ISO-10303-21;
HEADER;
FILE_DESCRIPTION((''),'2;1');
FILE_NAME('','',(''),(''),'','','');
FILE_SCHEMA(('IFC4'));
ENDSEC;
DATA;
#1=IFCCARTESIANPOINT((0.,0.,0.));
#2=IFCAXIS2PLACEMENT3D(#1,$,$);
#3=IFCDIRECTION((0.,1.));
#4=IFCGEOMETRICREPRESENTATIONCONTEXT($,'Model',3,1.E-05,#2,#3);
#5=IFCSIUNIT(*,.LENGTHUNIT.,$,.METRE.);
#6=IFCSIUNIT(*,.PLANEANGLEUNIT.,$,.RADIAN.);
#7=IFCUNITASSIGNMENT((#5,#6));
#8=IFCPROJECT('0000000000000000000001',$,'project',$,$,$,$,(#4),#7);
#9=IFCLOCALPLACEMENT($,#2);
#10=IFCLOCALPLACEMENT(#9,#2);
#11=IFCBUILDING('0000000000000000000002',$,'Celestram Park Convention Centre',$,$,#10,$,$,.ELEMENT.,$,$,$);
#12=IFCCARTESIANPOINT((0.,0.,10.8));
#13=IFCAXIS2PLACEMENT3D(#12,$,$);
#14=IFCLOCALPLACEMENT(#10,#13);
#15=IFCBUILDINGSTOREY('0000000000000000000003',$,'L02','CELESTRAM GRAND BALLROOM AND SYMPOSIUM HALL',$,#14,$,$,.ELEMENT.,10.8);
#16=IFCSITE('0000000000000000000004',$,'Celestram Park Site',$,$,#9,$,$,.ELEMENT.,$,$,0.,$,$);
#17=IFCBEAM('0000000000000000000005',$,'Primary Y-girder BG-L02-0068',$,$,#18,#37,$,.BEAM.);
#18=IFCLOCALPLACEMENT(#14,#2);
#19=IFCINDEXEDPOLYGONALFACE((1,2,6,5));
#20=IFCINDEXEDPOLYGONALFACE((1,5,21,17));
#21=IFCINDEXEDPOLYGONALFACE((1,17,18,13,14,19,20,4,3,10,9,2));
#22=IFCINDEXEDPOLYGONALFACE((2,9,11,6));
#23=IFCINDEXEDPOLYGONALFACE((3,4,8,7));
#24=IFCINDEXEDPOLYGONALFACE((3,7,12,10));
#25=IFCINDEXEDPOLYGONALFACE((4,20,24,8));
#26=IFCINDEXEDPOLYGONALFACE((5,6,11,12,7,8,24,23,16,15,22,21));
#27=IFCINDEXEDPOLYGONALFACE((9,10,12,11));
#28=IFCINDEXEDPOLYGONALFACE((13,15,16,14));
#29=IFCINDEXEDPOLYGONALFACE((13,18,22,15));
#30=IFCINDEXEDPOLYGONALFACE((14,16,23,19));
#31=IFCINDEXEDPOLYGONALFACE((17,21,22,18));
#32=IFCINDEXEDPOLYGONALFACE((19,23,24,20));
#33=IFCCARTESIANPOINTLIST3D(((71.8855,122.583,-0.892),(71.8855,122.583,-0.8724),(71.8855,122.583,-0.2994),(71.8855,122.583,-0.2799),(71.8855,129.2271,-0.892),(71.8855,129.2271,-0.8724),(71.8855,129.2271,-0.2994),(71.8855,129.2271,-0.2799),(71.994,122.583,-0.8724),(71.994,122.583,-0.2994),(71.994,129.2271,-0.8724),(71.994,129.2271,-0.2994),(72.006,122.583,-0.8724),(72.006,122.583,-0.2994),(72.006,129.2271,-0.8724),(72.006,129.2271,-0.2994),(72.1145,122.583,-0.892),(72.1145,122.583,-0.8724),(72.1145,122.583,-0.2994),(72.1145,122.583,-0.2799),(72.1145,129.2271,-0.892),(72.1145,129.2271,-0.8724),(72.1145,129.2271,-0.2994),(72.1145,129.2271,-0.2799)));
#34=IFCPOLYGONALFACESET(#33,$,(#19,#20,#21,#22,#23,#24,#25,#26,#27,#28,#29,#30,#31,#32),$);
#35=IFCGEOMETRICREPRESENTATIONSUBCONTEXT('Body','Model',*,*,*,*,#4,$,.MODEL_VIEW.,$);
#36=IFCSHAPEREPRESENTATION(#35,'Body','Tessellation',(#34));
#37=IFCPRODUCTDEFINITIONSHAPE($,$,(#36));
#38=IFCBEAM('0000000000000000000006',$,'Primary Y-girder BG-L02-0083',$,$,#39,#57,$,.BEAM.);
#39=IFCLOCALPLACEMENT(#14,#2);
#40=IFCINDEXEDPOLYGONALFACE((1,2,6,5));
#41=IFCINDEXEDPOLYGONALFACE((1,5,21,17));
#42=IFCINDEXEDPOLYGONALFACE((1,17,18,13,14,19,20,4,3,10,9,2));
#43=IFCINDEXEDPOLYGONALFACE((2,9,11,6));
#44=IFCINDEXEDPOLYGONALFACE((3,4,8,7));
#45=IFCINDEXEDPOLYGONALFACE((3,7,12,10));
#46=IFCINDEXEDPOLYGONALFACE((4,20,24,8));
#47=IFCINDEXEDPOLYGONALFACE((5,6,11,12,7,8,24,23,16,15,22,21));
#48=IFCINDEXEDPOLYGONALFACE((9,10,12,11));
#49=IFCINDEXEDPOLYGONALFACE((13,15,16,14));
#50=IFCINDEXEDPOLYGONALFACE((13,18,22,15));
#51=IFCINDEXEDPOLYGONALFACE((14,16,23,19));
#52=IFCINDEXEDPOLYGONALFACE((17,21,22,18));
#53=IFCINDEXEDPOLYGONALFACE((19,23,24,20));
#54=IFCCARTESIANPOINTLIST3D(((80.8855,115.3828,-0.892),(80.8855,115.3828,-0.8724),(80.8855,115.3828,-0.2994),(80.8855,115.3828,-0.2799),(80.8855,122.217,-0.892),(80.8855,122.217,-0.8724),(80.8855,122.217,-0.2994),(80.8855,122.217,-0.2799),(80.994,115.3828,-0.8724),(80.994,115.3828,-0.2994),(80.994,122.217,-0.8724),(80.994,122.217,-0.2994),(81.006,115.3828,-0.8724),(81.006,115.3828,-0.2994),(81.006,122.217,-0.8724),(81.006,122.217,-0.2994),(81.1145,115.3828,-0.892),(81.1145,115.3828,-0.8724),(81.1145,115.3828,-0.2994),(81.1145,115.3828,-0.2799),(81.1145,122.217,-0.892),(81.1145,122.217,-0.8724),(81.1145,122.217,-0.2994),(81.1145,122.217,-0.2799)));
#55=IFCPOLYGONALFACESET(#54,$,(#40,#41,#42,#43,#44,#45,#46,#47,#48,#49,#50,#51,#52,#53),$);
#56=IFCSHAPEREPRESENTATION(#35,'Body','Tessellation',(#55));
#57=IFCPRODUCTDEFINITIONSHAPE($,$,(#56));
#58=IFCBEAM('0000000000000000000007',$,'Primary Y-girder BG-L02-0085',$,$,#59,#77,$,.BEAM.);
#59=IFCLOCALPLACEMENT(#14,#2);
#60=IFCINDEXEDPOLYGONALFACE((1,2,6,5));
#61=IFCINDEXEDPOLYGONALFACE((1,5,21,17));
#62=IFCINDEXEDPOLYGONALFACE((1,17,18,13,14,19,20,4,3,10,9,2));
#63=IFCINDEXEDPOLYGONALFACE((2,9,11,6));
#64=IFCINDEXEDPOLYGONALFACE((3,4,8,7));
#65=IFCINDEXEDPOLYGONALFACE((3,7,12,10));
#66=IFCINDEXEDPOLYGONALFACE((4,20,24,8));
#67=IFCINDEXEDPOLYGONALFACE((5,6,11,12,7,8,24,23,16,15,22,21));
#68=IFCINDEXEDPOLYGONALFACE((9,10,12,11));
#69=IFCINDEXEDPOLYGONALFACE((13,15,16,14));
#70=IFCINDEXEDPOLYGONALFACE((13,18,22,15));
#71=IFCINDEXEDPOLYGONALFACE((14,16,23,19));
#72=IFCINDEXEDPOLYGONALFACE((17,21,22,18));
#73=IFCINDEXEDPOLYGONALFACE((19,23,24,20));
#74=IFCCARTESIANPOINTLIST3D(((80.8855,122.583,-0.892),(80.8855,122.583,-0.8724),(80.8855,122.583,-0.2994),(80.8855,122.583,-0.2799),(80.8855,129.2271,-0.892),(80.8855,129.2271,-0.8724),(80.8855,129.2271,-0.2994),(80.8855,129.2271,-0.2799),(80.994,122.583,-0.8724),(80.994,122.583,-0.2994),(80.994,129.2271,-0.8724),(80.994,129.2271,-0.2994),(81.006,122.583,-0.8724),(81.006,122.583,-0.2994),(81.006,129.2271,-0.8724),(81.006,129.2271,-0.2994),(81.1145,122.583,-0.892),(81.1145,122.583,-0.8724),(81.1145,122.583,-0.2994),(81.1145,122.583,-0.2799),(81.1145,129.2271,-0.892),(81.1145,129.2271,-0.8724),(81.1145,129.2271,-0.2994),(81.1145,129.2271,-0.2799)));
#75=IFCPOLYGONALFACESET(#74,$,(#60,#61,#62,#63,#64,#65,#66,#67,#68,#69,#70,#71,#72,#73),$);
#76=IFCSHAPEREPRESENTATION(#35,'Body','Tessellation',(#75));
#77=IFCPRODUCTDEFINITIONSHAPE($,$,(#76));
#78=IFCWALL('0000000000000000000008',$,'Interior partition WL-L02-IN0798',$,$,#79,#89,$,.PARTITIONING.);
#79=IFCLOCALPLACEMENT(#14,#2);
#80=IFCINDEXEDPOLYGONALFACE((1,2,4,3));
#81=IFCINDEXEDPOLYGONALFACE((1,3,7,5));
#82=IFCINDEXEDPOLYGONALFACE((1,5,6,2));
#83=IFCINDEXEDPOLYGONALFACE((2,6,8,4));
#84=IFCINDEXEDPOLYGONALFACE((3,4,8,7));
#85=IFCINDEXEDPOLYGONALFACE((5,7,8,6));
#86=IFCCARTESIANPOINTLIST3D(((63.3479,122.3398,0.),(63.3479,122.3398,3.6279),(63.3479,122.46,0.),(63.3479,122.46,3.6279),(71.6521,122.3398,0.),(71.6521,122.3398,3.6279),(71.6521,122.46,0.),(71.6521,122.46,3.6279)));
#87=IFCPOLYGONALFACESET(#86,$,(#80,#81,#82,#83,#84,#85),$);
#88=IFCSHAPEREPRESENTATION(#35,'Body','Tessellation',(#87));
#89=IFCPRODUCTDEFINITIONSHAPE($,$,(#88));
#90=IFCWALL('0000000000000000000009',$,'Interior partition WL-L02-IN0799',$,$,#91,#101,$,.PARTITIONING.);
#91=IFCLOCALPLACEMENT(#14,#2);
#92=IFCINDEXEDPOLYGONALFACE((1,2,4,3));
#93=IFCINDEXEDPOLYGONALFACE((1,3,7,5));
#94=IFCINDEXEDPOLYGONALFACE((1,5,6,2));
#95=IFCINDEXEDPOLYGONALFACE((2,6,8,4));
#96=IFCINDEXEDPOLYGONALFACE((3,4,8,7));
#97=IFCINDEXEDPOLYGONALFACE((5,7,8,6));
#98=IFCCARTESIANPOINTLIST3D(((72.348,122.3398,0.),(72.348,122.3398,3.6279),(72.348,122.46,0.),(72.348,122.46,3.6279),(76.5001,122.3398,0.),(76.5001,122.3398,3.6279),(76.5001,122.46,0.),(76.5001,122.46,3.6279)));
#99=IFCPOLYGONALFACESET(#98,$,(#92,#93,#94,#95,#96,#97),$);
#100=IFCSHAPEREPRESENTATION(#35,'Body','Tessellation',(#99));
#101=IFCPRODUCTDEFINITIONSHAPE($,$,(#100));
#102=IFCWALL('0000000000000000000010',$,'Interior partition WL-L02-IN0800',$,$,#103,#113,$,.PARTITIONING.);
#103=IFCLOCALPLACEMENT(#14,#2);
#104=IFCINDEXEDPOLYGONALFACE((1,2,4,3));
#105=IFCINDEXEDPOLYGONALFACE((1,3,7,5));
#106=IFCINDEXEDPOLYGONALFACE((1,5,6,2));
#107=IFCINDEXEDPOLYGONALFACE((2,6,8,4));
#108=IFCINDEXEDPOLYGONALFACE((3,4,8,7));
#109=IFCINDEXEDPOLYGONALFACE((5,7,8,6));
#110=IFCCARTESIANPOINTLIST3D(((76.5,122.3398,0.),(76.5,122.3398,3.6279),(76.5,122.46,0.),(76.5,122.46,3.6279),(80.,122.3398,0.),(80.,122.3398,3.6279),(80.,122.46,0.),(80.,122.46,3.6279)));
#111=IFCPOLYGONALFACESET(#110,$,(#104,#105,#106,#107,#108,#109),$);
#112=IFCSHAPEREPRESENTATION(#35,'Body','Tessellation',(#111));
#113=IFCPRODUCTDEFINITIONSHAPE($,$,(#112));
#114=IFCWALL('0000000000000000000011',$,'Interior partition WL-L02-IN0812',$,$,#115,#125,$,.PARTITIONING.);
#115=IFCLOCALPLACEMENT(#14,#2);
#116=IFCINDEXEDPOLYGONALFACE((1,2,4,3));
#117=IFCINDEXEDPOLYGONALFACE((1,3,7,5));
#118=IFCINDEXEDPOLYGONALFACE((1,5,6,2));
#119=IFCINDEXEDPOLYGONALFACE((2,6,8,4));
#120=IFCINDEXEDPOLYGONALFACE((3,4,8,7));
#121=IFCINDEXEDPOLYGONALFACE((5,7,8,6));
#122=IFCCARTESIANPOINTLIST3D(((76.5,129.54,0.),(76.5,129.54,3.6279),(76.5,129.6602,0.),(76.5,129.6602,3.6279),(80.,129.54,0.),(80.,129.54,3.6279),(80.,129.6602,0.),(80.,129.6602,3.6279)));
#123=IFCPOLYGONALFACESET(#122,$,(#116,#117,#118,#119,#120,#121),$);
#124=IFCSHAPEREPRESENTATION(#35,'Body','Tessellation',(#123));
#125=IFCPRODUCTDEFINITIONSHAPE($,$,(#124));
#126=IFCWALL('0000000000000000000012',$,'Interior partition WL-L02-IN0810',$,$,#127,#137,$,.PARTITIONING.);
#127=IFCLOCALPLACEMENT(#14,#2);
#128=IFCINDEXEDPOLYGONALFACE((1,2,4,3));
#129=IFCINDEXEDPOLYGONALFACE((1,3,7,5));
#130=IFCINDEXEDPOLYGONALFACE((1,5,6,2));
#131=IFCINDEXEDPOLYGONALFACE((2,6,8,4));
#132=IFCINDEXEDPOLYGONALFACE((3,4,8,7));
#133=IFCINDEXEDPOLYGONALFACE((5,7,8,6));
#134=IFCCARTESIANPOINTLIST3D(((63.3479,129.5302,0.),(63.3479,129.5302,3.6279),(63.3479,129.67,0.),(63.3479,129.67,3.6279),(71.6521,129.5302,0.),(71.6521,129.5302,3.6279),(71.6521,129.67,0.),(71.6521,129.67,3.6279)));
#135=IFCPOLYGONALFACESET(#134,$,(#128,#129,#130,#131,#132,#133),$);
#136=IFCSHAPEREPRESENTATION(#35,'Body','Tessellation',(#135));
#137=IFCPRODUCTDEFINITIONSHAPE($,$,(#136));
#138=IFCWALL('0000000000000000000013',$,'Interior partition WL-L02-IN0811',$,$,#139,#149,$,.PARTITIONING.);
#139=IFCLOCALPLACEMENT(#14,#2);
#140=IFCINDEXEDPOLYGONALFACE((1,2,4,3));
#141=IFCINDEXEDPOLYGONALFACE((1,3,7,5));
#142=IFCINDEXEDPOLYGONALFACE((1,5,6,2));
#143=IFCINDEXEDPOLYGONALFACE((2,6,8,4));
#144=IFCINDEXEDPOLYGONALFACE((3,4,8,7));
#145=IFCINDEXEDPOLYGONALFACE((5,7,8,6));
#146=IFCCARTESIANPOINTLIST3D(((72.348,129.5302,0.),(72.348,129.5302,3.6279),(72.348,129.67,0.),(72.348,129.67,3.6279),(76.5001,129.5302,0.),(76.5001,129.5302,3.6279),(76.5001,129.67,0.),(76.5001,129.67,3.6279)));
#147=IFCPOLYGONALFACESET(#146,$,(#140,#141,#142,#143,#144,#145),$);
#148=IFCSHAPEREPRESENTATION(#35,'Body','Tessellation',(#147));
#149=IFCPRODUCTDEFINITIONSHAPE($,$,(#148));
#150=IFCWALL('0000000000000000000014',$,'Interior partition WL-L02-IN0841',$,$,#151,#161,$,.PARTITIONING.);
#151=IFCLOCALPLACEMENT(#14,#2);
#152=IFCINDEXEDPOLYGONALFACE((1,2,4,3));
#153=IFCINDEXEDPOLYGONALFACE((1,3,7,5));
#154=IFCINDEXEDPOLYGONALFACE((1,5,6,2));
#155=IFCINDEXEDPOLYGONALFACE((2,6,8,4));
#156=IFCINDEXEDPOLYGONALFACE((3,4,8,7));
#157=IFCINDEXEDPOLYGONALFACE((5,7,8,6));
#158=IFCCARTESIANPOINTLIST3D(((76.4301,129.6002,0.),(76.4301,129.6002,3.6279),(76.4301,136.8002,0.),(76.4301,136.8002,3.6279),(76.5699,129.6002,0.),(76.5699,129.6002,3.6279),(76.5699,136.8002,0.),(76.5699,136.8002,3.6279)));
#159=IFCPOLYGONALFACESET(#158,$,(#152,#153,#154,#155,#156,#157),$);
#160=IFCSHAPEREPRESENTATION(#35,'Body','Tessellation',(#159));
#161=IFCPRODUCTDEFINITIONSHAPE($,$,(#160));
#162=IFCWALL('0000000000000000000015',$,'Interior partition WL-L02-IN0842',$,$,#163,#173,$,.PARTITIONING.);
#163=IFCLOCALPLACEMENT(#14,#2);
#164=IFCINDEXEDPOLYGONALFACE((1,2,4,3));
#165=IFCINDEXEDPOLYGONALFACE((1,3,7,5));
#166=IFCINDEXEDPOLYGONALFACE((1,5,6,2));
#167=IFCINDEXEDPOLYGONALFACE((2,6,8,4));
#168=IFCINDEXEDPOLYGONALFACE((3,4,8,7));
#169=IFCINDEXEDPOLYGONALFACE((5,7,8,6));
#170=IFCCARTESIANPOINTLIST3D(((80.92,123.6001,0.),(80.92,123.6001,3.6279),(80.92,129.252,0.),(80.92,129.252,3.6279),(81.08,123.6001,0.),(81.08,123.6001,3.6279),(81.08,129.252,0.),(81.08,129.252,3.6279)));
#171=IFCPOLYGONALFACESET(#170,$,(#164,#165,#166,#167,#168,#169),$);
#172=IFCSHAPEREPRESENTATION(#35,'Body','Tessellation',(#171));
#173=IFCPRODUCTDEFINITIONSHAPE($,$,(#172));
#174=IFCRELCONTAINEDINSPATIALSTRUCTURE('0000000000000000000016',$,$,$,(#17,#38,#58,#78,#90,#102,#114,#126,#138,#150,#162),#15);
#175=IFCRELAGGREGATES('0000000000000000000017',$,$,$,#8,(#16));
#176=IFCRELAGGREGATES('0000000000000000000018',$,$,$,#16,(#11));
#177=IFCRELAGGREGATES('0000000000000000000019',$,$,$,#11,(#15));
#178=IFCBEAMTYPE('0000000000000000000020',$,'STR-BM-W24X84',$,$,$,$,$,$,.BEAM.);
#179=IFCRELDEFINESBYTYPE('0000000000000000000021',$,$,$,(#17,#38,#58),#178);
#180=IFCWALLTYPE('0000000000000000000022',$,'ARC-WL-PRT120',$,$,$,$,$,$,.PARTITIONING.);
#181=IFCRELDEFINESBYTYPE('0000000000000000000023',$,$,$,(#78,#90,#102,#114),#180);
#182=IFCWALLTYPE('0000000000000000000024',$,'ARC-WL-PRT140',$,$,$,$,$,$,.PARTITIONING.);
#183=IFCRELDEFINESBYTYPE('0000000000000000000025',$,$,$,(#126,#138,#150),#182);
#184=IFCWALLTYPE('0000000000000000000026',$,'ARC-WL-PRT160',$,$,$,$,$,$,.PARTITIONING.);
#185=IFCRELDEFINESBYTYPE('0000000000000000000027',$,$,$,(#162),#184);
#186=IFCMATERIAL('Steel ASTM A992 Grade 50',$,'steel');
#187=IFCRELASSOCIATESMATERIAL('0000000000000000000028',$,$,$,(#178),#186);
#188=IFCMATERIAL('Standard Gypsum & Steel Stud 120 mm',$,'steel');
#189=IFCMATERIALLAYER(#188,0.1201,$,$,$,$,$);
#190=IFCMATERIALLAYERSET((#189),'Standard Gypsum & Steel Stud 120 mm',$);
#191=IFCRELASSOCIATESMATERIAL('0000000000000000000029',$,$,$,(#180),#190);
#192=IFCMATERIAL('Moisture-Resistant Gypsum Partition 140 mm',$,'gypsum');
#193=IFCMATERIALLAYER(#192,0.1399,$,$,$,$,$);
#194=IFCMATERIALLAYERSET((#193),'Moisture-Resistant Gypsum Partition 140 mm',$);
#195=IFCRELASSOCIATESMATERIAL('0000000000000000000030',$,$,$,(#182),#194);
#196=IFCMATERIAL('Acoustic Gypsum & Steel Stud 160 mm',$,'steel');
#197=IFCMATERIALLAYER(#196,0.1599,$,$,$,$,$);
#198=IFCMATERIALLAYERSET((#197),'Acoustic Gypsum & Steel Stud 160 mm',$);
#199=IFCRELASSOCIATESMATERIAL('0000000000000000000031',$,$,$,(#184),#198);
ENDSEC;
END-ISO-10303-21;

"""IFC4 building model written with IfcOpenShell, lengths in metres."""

from ifc_helpers import new_model, si_unit, direction, frame, frame_2d, origin, origin_2d, place, context, subcontext, project, spatial, rectangle, i_section, extrude, material, layer, layer_set, material_profile, profile_set, type_object, element, save


model = new_model("IFC4")

# Units and contexts
model_context = context("Model", 3, precision=1e-05, world=origin(), true_north=direction((0.0, 1.0)))
body_context = subcontext(model_context, "Body", "Model", "MODEL_VIEW")
ifc_project = project(units=[si_unit("LENGTHUNIT", "METRE"), si_unit("PLANEANGLEUNIT", "RADIAN")], contexts=[model_context])

# Site, building, storey
site_placement = place(None, origin())
site = spatial("IfcSite", under=ifc_project, at=site_placement, Name="Celestram Park Site", CompositionType="ELEMENT", RefElevation=0.0)
building_placement = place(site_placement, origin())
building = spatial("IfcBuilding", under=site, at=building_placement, Name="Celestram Park Convention Centre", CompositionType="ELEMENT")
storey_placement = place(building_placement, frame((0.0, 0.0, 10.8)))
storey = spatial("IfcBuildingStorey", under=building, at=storey_placement, Name="L02", Description="CELESTRAM GRAND BALLROOM AND SYMPOSIUM HALL", CompositionType="ELEMENT", Elevation=10.8)

# Beams
ifc_material_1 = material(Name="Steel ASTM A992 Grade 50", Category="steel")
ifc_material_profile_1 = material_profile(ifc_material_1, i_section(OverallWidth=0.229, OverallDepth=0.6121, WebThickness=0.012, FlangeThickness=0.0195, at=origin_2d()), Name="W24X84")
ifc_profile_set_1 = profile_set([ifc_material_profile_1], Name="Steel ASTM A992 Grade 50")
beam_type_1 = type_object("IfcBeamType", Name="STR-BM-W24X84", PredefinedType="BEAM", material=ifc_profile_set_1)
for number, where, z_axis, x_axis, name in (
    (1, (72.0, 122.583, -0.5859), (0.0, 1.0, 0.0), (-1.0, 0.0, 0.0), "Primary Y-girder BG-L02-0068"),
):
    element("IfcBeam", number, at=place(storey_placement, frame(where, z_axis=z_axis, x_axis=x_axis)), inside=storey, type_object=beam_type_1, Name=name, PredefinedType="BEAM", context=body_context, shape_type="SweptSolid", body=[
        extrude(i_section(OverallWidth=0.229, OverallDepth=0.6121, WebThickness=0.012, FlangeThickness=0.0195, at=origin_2d()), origin(), (0.0, 0.0, 1.0), 6.644),
    ])
beam_1_placement = place(storey_placement, frame((81.0, 115.3828, -0.5859), z_axis=(0.0, 1.0, 0.0), x_axis=(-1.0, 0.0, 0.0)))
element("IfcBeam", 2, at=beam_1_placement, inside=storey, type_object=beam_type_1, Name="Primary Y-girder BG-L02-0083", PredefinedType="BEAM", context=body_context, shape_type="SweptSolid", body=[
    extrude(i_section(OverallWidth=0.229, OverallDepth=0.6121, WebThickness=0.012, FlangeThickness=0.0195, at=origin_2d()), origin(), (0.0, 0.0, 1.0), 6.8342),
])
beam_2_placement = place(storey_placement, frame((81.0, 122.583, -0.5859), z_axis=(0.0, 1.0, 0.0), x_axis=(-1.0, 0.0, 0.0)))
element("IfcBeam", 3, at=beam_2_placement, inside=storey, type_object=beam_type_1, Name="Primary Y-girder BG-L02-0085", PredefinedType="BEAM", context=body_context, shape_type="SweptSolid", body=[
    extrude(i_section(OverallWidth=0.229, OverallDepth=0.6121, WebThickness=0.012, FlangeThickness=0.0195, at=origin_2d()), origin(), (0.0, 0.0, 1.0), 6.644),
])

# Walls
ifc_material_2 = material(Name="Standard Gypsum & Steel Stud 120 mm", Category="steel")
ifc_layer_1 = layer(ifc_material_2, 0.1201)
ifc_layer_set_1 = layer_set([ifc_layer_1], Name="Standard Gypsum & Steel Stud 120 mm")
wall_type_1 = type_object("IfcWallType", Name="ARC-WL-PRT120", PredefinedType="PARTITIONING", material=ifc_layer_set_1)
wall_1_placement = place(storey_placement, frame((63.3479, 122.3999, 0.0), z_axis=(0.0, 0.0, 1.0), x_axis=(1.0, 0.0, 0.0)))
element("IfcWall", 4, at=wall_1_placement, inside=storey, type_object=wall_type_1, Name="Interior partition WL-L02-IN0798", PredefinedType="PARTITIONING", context=body_context, shape_type="SweptSolid", body=[
    extrude(rectangle(XDim=8.3042, YDim=0.1201, at=frame_2d((4.1521, 0.0))), origin(), (0.0, 0.0, 1.0), 3.6279),
])
wall_2_placement = place(storey_placement, frame((72.3479, 122.3999, 0.0), z_axis=(0.0, 0.0, 1.0), x_axis=(1.0, 0.0, 0.0)))
element("IfcWall", 5, at=wall_2_placement, inside=storey, type_object=wall_type_1, Name="Interior partition WL-L02-IN0799", PredefinedType="PARTITIONING", context=body_context, shape_type="SweptSolid", body=[
    extrude(rectangle(XDim=4.1521, YDim=0.1201, at=frame_2d((2.0762, 0.0))), origin(), (0.0, 0.0, 1.0), 3.6279),
])
for number, where, z_axis, x_axis, name in (
    (6, (76.5, 122.3999, 0.0), (0.0, 0.0, 1.0), (1.0, 0.0, 0.0), "Interior partition WL-L02-IN0800"),
    (7, (76.5, 129.6001, 0.0), (0.0, 0.0, 1.0), (1.0, 0.0, 0.0), "Interior partition WL-L02-IN0812"),
):
    element("IfcWall", number, at=place(storey_placement, frame(where, z_axis=z_axis, x_axis=x_axis)), inside=storey, type_object=wall_type_1, Name=name, PredefinedType="PARTITIONING", context=body_context, shape_type="SweptSolid", body=[
        extrude(rectangle(XDim=3.5, YDim=0.1201, at=frame_2d((1.75, 0.0))), origin(), (0.0, 0.0, 1.0), 3.6279),
    ])
ifc_material_3 = material(Name="Moisture-Resistant Gypsum Partition 140 mm", Category="gypsum")
ifc_layer_2 = layer(ifc_material_3, 0.1399)
ifc_layer_set_2 = layer_set([ifc_layer_2], Name="Moisture-Resistant Gypsum Partition 140 mm")
wall_type_2 = type_object("IfcWallType", Name="ARC-WL-PRT140", PredefinedType="PARTITIONING", material=ifc_layer_set_2)
wall_3_placement = place(storey_placement, frame((63.3479, 129.6001, 0.0), z_axis=(0.0, 0.0, 1.0), x_axis=(1.0, 0.0, 0.0)))
element("IfcWall", 8, at=wall_3_placement, inside=storey, type_object=wall_type_2, Name="Interior partition WL-L02-IN0810", PredefinedType="PARTITIONING", context=body_context, shape_type="SweptSolid", body=[
    extrude(rectangle(XDim=8.3042, YDim=0.1399, at=frame_2d((4.1521, 0.0))), origin(), (0.0, 0.0, 1.0), 3.6279),
])
wall_4_placement = place(storey_placement, frame((72.3479, 129.6001, 0.0), z_axis=(0.0, 0.0, 1.0), x_axis=(1.0, 0.0, 0.0)))
element("IfcWall", 9, at=wall_4_placement, inside=storey, type_object=wall_type_2, Name="Interior partition WL-L02-IN0811", PredefinedType="PARTITIONING", context=body_context, shape_type="SweptSolid", body=[
    extrude(rectangle(XDim=4.1521, YDim=0.1399, at=frame_2d((2.0762, 0.0))), origin(), (0.0, 0.0, 1.0), 3.6279),
])
wall_5_placement = place(storey_placement, frame((76.5, 129.6001, 0.0), z_axis=(0.0, 0.0, 1.0), x_axis=(0.0, 1.0, 0.0)))
element("IfcWall", 10, at=wall_5_placement, inside=storey, type_object=wall_type_2, Name="Interior partition WL-L02-IN0841", PredefinedType="PARTITIONING", context=body_context, shape_type="SweptSolid", body=[
    extrude(rectangle(XDim=7.2, YDim=0.1399, at=frame_2d((3.6001, 0.0))), origin(), (0.0, 0.0, 1.0), 3.6279),
])
ifc_material_4 = material(Name="Acoustic Gypsum & Steel Stud 160 mm", Category="steel")
ifc_layer_3 = layer(ifc_material_4, 0.1599)
ifc_layer_set_3 = layer_set([ifc_layer_3], Name="Acoustic Gypsum & Steel Stud 160 mm")
wall_type_3 = type_object("IfcWallType", Name="ARC-WL-PRT160", PredefinedType="PARTITIONING", material=ifc_layer_set_3)
wall_6_placement = place(storey_placement, frame((81.0, 123.6001, 0.0), z_axis=(0.0, 0.0, 1.0), x_axis=(0.0, 1.0, 0.0)))
element("IfcWall", 11, at=wall_6_placement, inside=storey, type_object=wall_type_3, Name="Interior partition WL-L02-IN0842", PredefinedType="PARTITIONING", context=body_context, shape_type="SweptSolid", body=[
    extrude(rectangle(XDim=5.6519, YDim=0.1599, at=frame_2d((2.8259, 0.0))), origin(), (0.0, 0.0, 1.0), 3.6279),
])

save(model, "model.ifc")
